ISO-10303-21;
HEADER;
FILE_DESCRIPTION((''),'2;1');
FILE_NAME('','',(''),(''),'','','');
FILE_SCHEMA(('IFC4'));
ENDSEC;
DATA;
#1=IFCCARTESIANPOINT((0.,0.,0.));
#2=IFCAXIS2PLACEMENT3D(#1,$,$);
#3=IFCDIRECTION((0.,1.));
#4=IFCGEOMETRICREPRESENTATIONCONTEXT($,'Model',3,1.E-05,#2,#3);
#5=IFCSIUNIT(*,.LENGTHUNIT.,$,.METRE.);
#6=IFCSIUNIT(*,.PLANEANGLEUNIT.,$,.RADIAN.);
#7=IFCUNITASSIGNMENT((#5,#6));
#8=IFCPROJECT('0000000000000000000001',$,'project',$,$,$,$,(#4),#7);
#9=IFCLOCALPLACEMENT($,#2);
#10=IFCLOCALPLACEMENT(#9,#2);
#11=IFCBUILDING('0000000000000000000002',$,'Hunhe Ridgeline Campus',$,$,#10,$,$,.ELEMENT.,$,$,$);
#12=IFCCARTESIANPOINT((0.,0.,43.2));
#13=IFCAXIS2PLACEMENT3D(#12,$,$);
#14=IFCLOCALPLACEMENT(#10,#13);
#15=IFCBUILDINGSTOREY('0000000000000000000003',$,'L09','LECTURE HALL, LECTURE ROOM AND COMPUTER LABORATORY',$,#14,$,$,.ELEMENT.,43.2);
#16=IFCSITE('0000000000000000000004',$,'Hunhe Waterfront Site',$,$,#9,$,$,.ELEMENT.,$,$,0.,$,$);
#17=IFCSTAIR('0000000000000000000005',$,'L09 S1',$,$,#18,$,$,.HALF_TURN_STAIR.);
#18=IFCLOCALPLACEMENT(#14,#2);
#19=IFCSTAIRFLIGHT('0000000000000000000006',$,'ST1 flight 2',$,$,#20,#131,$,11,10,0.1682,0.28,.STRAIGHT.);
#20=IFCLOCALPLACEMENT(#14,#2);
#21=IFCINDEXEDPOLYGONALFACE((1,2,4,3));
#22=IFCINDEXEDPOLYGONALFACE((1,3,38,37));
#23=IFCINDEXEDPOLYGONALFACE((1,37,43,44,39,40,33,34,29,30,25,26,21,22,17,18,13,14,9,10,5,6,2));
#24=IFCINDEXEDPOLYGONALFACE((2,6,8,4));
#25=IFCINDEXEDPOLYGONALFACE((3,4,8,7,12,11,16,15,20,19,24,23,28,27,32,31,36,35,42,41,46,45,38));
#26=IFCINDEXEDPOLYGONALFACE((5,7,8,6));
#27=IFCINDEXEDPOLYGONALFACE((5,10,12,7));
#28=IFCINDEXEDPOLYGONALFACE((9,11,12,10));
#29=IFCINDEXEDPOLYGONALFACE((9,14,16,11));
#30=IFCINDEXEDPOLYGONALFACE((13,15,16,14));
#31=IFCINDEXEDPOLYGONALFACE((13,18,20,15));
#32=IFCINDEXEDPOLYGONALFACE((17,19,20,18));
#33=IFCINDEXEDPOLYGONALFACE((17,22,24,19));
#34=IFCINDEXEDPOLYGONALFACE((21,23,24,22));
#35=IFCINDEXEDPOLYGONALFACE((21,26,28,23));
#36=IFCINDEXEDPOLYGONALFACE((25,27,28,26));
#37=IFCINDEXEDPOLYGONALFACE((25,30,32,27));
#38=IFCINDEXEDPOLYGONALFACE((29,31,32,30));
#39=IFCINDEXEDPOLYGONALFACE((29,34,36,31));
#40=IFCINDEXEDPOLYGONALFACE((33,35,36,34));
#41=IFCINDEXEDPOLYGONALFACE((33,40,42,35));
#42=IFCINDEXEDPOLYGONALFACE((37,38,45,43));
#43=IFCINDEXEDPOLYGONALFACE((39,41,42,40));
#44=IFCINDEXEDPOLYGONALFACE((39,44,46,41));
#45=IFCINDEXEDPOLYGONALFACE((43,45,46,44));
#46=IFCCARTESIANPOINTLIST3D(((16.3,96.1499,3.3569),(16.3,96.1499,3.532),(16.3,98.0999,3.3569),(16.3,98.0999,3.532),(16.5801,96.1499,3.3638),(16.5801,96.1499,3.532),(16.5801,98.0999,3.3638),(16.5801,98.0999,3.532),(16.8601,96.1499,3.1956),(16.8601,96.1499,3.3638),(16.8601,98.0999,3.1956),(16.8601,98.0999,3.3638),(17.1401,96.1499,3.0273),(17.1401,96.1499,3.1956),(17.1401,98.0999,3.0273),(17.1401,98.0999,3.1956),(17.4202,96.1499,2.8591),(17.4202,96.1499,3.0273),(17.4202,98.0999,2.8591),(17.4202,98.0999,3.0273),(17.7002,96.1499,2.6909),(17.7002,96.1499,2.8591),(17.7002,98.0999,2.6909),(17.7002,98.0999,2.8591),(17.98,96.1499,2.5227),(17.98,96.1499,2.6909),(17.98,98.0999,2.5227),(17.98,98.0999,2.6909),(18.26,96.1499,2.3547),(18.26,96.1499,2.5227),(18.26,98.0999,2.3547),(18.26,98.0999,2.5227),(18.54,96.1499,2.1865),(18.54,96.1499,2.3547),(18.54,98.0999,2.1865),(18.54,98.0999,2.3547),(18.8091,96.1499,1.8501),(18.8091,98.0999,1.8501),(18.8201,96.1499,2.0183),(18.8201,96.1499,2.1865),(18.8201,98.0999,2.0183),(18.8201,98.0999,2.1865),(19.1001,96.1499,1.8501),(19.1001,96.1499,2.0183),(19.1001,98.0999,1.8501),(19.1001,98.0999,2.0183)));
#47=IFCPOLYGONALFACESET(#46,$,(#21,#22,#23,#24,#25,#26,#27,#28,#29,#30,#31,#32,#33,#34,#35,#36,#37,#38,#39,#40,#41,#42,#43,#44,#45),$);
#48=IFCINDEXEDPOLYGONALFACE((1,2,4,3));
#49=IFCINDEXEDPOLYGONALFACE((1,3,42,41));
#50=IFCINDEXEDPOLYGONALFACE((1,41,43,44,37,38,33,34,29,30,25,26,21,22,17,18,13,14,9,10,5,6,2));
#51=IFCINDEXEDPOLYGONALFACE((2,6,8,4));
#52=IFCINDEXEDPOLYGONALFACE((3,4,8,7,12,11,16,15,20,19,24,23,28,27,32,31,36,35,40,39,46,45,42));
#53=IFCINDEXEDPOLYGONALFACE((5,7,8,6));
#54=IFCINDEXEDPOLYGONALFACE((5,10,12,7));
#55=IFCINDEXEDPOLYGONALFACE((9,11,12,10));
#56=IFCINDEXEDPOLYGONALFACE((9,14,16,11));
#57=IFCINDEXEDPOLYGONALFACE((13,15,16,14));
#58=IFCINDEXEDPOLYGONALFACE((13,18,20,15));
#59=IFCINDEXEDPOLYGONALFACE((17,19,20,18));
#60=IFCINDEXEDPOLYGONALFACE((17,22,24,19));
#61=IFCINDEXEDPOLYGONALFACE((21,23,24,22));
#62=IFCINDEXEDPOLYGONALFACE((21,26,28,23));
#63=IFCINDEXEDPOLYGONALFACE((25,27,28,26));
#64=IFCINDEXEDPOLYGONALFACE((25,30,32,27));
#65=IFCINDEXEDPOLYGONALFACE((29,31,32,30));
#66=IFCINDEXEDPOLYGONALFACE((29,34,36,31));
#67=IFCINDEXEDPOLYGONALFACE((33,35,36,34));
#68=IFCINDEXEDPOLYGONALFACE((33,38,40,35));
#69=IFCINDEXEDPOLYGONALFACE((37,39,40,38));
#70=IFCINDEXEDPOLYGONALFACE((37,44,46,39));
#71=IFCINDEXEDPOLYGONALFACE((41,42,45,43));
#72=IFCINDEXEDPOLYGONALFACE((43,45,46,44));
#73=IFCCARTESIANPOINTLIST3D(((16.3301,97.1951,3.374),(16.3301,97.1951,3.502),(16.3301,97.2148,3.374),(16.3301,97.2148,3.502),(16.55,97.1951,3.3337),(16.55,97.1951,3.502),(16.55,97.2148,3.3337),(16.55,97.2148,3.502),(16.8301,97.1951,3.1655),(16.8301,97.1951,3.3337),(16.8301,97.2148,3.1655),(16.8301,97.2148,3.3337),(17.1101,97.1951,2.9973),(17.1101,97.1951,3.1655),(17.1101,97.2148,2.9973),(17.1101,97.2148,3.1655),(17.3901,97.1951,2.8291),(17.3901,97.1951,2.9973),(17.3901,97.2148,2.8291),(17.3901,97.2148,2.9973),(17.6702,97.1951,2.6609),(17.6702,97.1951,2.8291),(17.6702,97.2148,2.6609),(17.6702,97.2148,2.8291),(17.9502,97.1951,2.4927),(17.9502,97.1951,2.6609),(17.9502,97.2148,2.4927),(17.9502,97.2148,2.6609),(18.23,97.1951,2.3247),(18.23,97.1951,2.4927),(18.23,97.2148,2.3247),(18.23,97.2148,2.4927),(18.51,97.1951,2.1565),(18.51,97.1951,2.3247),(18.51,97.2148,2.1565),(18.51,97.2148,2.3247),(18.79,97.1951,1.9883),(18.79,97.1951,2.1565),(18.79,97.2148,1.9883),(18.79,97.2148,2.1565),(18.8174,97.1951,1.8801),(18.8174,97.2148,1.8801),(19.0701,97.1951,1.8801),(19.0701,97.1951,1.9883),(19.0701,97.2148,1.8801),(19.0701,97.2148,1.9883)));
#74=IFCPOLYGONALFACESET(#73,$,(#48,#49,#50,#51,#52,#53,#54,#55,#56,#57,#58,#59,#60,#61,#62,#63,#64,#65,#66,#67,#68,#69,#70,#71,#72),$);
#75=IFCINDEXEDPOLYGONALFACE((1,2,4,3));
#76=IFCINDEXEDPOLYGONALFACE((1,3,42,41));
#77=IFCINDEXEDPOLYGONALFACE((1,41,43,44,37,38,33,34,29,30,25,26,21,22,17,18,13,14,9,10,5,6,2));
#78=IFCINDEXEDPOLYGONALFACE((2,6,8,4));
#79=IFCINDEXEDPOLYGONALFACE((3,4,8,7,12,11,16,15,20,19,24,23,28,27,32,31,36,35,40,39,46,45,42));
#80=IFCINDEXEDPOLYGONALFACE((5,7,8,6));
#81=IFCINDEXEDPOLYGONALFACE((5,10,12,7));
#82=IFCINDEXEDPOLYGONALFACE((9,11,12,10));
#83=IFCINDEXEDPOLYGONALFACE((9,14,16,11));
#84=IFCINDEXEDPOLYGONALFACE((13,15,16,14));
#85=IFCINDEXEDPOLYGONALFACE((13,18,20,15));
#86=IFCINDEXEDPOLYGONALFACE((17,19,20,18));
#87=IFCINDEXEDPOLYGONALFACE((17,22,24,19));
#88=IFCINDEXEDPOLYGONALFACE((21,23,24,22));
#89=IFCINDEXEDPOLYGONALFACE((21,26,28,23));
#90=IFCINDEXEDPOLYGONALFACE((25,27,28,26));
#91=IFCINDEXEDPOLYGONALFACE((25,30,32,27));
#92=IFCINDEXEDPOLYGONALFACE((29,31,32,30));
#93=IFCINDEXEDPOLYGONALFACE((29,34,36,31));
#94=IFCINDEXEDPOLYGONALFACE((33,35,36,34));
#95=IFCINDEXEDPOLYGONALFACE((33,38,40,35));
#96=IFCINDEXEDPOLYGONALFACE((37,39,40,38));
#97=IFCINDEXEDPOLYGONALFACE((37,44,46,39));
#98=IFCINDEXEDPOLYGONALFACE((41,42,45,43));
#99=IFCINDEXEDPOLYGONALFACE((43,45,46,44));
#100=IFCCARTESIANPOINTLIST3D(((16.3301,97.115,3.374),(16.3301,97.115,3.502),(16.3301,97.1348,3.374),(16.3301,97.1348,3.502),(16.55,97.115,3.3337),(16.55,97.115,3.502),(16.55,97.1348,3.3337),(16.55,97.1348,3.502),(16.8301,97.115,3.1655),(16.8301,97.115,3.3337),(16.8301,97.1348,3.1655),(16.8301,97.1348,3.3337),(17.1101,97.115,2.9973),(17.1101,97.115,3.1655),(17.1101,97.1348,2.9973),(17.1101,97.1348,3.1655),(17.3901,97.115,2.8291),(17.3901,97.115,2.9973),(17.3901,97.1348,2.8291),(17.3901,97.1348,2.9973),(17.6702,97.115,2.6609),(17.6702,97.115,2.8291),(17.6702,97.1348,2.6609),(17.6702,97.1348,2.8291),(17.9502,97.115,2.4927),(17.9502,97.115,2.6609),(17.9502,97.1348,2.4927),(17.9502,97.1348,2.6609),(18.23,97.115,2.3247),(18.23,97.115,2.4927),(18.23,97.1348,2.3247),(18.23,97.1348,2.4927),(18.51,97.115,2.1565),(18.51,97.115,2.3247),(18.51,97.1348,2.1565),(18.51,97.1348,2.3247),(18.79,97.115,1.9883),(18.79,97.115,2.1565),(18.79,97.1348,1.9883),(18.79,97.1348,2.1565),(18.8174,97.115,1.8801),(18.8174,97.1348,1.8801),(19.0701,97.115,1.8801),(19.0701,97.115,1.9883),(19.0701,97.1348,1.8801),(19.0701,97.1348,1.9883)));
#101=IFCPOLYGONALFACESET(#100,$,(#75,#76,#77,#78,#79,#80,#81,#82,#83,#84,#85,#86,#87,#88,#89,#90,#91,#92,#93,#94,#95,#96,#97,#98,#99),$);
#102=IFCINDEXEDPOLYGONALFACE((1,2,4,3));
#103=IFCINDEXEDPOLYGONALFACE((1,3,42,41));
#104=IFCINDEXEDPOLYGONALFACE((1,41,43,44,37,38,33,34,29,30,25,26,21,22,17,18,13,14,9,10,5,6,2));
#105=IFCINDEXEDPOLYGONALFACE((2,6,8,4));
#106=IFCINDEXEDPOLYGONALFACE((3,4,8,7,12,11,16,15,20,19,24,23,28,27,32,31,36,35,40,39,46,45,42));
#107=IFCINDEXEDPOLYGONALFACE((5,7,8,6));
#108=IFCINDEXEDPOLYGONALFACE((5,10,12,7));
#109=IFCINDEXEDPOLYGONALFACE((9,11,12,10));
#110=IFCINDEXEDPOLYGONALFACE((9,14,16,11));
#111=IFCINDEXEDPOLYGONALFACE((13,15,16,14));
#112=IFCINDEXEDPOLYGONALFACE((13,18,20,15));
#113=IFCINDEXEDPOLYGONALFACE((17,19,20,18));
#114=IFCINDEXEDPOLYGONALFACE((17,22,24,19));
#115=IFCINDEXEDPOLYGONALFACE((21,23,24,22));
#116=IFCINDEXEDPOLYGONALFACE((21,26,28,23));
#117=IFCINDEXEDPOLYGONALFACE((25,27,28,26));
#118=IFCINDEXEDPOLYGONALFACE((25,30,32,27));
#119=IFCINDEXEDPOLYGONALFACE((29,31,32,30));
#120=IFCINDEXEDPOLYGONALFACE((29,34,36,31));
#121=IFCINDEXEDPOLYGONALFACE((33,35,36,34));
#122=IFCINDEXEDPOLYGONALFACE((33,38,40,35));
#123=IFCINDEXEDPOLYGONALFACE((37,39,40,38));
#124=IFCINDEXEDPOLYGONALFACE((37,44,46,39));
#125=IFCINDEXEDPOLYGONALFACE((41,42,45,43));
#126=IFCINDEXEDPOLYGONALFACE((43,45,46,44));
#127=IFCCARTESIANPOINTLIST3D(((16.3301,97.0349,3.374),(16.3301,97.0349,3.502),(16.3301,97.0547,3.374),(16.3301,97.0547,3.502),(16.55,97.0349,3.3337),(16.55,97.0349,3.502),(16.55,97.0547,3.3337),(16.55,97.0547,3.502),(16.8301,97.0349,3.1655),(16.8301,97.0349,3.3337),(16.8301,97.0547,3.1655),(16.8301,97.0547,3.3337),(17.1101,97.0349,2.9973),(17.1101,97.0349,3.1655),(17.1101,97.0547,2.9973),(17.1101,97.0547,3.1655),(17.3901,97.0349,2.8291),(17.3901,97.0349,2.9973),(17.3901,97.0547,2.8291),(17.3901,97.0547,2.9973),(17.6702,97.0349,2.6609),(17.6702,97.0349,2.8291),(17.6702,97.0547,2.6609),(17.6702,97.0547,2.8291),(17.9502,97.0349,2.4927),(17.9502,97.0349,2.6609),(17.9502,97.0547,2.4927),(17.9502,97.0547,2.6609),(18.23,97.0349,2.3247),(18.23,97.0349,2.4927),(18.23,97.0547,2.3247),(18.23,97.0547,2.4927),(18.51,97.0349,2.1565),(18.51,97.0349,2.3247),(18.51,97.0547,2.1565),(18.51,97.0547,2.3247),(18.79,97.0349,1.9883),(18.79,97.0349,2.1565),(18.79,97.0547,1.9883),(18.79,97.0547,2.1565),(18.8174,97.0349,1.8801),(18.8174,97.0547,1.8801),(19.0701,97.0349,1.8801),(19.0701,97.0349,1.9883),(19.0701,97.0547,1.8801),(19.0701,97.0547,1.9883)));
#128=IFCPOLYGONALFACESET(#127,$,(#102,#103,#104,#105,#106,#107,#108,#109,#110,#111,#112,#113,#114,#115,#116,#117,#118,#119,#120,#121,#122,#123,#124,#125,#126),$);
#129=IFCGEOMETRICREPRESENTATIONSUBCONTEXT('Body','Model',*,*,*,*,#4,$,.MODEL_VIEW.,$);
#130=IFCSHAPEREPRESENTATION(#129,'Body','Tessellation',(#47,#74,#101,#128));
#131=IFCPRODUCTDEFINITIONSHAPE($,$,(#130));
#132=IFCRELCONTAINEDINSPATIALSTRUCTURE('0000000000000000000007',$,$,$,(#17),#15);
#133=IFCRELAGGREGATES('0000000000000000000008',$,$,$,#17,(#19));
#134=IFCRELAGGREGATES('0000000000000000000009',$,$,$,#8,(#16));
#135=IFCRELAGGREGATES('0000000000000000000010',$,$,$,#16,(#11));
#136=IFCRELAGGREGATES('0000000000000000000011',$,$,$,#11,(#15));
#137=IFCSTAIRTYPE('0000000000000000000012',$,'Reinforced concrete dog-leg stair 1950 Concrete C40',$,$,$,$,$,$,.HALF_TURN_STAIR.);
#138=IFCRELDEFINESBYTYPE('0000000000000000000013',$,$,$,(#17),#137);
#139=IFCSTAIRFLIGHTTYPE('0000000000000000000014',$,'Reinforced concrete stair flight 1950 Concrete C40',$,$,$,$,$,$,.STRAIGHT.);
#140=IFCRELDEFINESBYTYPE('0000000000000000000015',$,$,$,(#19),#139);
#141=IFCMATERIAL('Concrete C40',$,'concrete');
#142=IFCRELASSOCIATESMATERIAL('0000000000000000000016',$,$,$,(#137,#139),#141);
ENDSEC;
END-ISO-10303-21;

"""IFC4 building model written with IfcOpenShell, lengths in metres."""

from ifc_helpers import new_model, si_unit, direction, frame, origin, place, context, subcontext, project, spatial, polyline, outline, extrude, material, type_object, element, aggregate, save


model = new_model("IFC4")

# Units and contexts
model_context = context("Model", 3, precision=1e-05, world=origin(), true_north=direction((0.0, 1.0)))
body_context = subcontext(model_context, "Body", "Model", "MODEL_VIEW")
ifc_project = project(units=[si_unit("LENGTHUNIT", "METRE"), si_unit("PLANEANGLEUNIT", "RADIAN")], contexts=[model_context])

# Site, building, storey
site_placement = place(None, origin())
site = spatial("IfcSite", under=ifc_project, at=site_placement, Name="Hunhe Waterfront Site", CompositionType="ELEMENT", RefElevation=0.0)
building_placement = place(site_placement, origin())
building = spatial("IfcBuilding", under=site, at=building_placement, Name="Hunhe Ridgeline Campus", CompositionType="ELEMENT")
storey_placement = place(building_placement, frame((0.0, 0.0, 43.2)))
storey = spatial("IfcBuildingStorey", under=building, at=storey_placement, Name="L09", Description="LECTURE HALL, LECTURE ROOM AND COMPUTER LABORATORY", CompositionType="ELEMENT", Elevation=43.2)

# Stair, stair flight
ifc_material_1 = material(Name="Concrete C40", Category="concrete")
stair_type = type_object("IfcStairType", Name="Reinforced concrete dog-leg stair 1950 Concrete C40", PredefinedType="HALF_TURN_STAIR", material=ifc_material_1)
stair_1_placement = place(storey_placement, origin())
stair_1 = element("IfcStair", 1, at=stair_1_placement, inside=storey, type_object=stair_type, Name="L09 S1", PredefinedType="HALF_TURN_STAIR")
stair_flight_type = type_object("IfcStairFlightType", Name="Reinforced concrete stair flight 1950 Concrete C40", PredefinedType="STRAIGHT", material=ifc_material_1)
stair_flight_1_placement = place(storey_placement, frame((19.1001, 97.125, 1.8501), z_axis=(0.0, 0.0, 1.0), x_axis=(-1.0, 0.0, 0.0)))
stair_flight_1 = element("IfcStairFlight", 2, at=stair_flight_1_placement, type_object=stair_flight_type, Name="ST1 flight 2", NumberOfRisers=11, NumberOfTreads=10, PredefinedType="STRAIGHT", RiserHeight=0.1682, TreadLength=0.28, context=body_context, shape_type="SweptSolid", body=[
    extrude(outline(polyline([(0.0, 0.0), (0.0, 0.1682), (0.28, 0.1682), (0.28, 0.3364), (0.5601, 0.3364), (0.5601, 0.5046), (0.8401, 0.5046), (0.8401, 0.6726), (1.1201, 0.6726), (1.1201, 0.8408), (1.3999, 0.8408), (1.3999, 1.009), (1.6799, 1.009), (1.6799, 1.1772), (1.96, 1.1772), (1.96, 1.3455), (2.24, 1.3455), (2.24, 1.5137), (2.52, 1.5137), (2.52, 1.6819), (2.8, 1.6819), (2.8, 1.8501), (2.8, 1.5068), (0.291, 0.0), (0.0, 0.0)])), frame((0.0, 0.9751, 0.0), z_axis=(0.0, -1.0, 0.0), x_axis=(1.0, 0.0, 0.0)), (0.0, 0.0, 1.0), 1.95),
    extrude(outline(polyline([(0.03, 0.03), (0.03, 0.1382), (0.3101, 0.1382), (0.3101, 0.3064), (0.5901, 0.3064), (0.5901, 0.4746), (0.8701, 0.4746), (0.8701, 0.6426), (1.1499, 0.6426), (1.1499, 0.8108), (1.4299, 0.8108), (1.4299, 0.979), (1.71, 0.979), (1.71, 1.1472), (1.99, 1.1472), (1.99, 1.3154), (2.27, 1.3154), (2.27, 1.4836), (2.55, 1.4836), (2.55, 1.6519), (2.77, 1.6519), (2.77, 1.5239), (0.2827, 0.03), (0.03, 0.03)])), frame((0.0, -0.0701, 0.0), z_axis=(0.0, -1.0, 0.0), x_axis=(1.0, 0.0, 0.0)), (0.0, 0.0, 1.0), 0.0198),
    extrude(outline(polyline([(0.03, 0.03), (0.03, 0.1382), (0.3101, 0.1382), (0.3101, 0.3064), (0.5901, 0.3064), (0.5901, 0.4746), (0.8701, 0.4746), (0.8701, 0.6426), (1.1499, 0.6426), (1.1499, 0.8108), (1.4299, 0.8108), (1.4299, 0.979), (1.71, 0.979), (1.71, 1.1472), (1.99, 1.1472), (1.99, 1.3154), (2.27, 1.3154), (2.27, 1.4836), (2.55, 1.4836), (2.55, 1.6519), (2.77, 1.6519), (2.77, 1.5239), (0.2827, 0.03), (0.03, 0.03)])), frame((0.0, 0.01, 0.0), z_axis=(0.0, -1.0, 0.0), x_axis=(1.0, 0.0, 0.0)), (0.0, 0.0, 1.0), 0.0198),
    extrude(outline(polyline([(0.03, 0.03), (0.03, 0.1382), (0.3101, 0.1382), (0.3101, 0.3064), (0.5901, 0.3064), (0.5901, 0.4746), (0.8701, 0.4746), (0.8701, 0.6426), (1.1499, 0.6426), (1.1499, 0.8108), (1.4299, 0.8108), (1.4299, 0.979), (1.71, 0.979), (1.71, 1.1472), (1.99, 1.1472), (1.99, 1.3154), (2.27, 1.3154), (2.27, 1.4836), (2.55, 1.4836), (2.55, 1.6519), (2.77, 1.6519), (2.77, 1.5239), (0.2827, 0.03), (0.03, 0.03)])), frame((0.0, 0.0901, 0.0), z_axis=(0.0, -1.0, 0.0), x_axis=(1.0, 0.0, 0.0)), (0.0, 0.0, 1.0), 0.0198),
])
aggregate(stair_1, [stair_flight_1])

save(model, "model.ifc")
